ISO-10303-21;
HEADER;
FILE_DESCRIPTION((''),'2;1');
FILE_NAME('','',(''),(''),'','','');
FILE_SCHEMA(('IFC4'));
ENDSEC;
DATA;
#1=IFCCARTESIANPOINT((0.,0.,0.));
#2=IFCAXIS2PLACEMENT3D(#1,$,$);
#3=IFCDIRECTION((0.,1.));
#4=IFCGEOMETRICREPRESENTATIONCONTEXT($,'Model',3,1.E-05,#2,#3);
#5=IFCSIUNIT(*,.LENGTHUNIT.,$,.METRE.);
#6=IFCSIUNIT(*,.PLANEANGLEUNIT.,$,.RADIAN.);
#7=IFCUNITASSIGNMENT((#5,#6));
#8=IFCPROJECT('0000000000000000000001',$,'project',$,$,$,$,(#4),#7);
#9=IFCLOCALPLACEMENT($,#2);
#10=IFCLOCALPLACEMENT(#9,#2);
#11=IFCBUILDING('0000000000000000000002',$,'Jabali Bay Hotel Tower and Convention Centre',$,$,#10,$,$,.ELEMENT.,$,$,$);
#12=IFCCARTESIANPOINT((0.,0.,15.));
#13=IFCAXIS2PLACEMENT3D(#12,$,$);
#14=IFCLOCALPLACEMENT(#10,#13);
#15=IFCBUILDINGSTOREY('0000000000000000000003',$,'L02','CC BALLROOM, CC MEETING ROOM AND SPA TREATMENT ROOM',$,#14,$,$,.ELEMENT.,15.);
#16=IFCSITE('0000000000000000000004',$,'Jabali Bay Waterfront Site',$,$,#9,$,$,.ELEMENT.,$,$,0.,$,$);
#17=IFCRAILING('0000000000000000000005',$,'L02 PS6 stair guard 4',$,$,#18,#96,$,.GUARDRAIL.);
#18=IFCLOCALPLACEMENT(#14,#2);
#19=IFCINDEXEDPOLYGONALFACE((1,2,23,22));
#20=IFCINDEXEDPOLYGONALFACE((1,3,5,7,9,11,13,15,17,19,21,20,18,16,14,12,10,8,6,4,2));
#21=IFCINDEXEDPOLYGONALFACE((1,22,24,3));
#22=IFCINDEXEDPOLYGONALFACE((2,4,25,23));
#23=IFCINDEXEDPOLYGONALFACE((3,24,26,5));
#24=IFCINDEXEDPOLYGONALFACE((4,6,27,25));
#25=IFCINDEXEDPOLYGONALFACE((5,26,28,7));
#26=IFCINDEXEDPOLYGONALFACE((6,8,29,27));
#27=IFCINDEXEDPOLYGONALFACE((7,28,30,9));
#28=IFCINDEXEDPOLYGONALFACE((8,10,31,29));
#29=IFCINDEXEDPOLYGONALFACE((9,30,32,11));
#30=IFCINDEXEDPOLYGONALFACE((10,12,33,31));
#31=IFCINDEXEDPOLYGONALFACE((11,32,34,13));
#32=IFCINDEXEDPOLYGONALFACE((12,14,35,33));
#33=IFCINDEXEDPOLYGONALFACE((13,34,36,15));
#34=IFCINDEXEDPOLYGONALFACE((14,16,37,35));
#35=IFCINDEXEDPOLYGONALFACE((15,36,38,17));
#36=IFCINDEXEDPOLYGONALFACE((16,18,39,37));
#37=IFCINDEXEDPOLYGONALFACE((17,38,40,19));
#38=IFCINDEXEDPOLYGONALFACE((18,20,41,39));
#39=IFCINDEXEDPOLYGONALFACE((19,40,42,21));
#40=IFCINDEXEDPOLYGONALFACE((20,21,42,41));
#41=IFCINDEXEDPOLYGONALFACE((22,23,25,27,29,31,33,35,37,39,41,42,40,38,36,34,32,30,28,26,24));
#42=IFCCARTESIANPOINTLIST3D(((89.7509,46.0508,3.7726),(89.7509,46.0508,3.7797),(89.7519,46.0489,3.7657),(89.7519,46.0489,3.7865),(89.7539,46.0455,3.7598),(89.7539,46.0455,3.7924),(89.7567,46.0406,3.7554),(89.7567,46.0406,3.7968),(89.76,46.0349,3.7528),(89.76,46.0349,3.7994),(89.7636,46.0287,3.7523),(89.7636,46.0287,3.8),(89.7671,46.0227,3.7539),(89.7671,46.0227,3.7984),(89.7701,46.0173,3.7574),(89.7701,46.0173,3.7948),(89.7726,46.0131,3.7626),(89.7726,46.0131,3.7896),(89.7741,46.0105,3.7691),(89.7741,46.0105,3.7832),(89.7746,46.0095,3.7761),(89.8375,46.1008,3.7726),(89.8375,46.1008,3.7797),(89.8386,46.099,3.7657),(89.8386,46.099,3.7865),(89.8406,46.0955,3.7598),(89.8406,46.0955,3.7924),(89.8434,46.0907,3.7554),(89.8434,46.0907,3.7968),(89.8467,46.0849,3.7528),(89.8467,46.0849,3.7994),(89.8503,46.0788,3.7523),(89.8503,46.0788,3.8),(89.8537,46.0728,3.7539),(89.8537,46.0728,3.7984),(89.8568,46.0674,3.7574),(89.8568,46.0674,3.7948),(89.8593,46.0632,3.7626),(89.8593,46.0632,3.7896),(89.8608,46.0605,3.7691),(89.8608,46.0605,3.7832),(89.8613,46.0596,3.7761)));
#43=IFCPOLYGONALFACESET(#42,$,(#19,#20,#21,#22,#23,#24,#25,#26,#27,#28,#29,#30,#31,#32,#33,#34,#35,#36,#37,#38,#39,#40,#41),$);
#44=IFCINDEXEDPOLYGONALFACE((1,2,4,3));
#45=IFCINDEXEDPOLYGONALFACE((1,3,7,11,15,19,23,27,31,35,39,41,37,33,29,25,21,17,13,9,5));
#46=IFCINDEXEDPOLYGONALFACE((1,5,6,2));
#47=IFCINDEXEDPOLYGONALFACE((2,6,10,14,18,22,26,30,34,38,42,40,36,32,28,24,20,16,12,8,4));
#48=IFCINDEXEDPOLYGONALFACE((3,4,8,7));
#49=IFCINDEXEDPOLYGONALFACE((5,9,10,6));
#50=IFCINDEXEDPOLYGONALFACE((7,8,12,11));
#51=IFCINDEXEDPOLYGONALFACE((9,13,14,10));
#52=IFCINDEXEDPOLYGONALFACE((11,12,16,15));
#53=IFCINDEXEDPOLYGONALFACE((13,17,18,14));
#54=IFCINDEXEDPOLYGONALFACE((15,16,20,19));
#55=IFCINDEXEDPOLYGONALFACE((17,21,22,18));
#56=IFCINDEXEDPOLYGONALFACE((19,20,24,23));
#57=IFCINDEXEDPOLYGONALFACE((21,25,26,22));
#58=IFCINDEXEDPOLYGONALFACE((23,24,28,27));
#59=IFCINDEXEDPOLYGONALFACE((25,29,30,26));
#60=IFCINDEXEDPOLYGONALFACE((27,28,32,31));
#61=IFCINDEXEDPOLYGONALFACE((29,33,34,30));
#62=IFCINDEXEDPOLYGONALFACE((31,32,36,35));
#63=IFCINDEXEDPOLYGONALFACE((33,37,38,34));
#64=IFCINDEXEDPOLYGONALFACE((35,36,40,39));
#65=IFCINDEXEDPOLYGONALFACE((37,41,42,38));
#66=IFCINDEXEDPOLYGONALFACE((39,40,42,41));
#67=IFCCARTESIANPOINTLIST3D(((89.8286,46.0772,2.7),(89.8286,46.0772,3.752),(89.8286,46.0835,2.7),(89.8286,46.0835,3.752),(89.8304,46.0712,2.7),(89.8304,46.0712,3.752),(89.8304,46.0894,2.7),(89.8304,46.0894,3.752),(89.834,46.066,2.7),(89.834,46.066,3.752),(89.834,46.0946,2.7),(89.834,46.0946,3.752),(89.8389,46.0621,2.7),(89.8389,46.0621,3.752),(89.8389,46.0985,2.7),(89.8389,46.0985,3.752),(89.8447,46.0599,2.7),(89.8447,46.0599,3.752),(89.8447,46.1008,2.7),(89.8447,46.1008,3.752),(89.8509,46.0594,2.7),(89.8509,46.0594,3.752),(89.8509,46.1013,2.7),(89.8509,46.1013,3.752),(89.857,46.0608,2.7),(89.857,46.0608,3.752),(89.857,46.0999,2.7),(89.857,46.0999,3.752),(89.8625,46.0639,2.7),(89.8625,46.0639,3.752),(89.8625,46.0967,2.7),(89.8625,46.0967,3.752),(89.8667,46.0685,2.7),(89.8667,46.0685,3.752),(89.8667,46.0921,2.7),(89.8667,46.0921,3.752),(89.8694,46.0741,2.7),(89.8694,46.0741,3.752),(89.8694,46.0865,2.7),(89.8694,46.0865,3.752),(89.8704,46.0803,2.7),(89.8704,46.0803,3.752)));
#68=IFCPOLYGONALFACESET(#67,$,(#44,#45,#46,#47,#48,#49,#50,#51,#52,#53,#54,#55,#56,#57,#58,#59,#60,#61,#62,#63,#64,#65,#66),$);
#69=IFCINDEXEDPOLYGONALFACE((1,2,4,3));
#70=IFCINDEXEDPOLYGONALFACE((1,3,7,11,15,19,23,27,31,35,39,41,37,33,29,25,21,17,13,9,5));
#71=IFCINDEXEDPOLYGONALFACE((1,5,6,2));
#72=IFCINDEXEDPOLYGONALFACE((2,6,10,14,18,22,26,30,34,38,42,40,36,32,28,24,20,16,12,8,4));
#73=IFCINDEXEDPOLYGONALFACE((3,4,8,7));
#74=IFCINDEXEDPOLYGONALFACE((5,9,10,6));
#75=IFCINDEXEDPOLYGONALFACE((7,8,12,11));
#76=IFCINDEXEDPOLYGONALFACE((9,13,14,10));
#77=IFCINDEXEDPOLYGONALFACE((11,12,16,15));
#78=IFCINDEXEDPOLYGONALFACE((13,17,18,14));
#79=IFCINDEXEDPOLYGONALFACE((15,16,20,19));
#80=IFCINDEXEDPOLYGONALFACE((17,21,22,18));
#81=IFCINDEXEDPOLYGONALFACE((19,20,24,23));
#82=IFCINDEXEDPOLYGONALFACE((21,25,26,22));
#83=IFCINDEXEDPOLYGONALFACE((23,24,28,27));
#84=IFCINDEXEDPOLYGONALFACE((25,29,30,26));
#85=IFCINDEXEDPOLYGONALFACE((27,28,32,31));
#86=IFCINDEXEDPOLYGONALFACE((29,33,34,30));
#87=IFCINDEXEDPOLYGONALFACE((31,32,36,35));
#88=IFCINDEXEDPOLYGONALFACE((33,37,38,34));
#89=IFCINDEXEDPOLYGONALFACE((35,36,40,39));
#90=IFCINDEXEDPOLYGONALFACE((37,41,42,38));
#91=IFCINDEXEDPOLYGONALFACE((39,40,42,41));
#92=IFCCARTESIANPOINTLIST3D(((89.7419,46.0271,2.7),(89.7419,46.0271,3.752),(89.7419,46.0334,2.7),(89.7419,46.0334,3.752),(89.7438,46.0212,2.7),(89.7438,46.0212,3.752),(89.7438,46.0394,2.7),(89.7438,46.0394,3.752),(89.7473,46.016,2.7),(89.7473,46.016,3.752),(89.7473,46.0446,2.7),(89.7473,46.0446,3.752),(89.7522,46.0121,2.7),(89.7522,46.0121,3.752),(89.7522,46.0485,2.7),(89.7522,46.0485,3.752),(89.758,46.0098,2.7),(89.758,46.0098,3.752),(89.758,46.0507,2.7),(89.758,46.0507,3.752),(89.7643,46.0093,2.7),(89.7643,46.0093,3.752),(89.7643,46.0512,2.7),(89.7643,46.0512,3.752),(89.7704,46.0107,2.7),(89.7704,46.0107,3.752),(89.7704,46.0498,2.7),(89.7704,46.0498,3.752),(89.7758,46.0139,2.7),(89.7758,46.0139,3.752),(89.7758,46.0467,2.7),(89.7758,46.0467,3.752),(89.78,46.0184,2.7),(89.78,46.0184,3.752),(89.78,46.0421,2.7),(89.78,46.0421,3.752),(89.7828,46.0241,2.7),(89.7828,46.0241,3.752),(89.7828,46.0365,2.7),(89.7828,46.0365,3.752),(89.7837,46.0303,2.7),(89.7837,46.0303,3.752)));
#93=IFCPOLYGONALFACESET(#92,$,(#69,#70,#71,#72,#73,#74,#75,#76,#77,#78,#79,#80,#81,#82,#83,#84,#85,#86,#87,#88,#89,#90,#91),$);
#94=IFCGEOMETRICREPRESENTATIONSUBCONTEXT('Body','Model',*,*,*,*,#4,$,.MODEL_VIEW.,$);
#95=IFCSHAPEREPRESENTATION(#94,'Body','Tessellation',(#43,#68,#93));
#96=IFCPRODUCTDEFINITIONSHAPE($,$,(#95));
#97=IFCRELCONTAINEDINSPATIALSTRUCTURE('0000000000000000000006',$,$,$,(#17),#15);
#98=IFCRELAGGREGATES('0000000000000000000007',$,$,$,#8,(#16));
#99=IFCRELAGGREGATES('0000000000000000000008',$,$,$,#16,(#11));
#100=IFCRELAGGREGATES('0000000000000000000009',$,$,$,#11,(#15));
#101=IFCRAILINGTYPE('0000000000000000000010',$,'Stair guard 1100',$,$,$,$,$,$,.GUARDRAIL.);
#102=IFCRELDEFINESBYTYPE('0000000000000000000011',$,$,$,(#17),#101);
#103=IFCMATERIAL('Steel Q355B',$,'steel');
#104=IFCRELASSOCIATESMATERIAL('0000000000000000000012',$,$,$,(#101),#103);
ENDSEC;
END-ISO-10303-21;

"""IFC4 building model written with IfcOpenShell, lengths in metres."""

from ifc_helpers import new_model, si_unit, direction, frame, origin, origin_2d, place, context, subcontext, project, spatial, circle, extrude, material, type_object, element, save


model = new_model("IFC4")

# Units and contexts
model_context = context("Model", 3, precision=1e-05, world=origin(), true_north=direction((0.0, 1.0)))
body_context = subcontext(model_context, "Body", "Model", "MODEL_VIEW")
ifc_project = project(units=[si_unit("LENGTHUNIT", "METRE"), si_unit("PLANEANGLEUNIT", "RADIAN")], contexts=[model_context])

# Site, building, storey
site_placement = place(None, origin())
site = spatial("IfcSite", under=ifc_project, at=site_placement, Name="Jabali Bay Waterfront Site", CompositionType="ELEMENT", RefElevation=0.0)
building_placement = place(site_placement, origin())
building = spatial("IfcBuilding", under=site, at=building_placement, Name="Jabali Bay Hotel Tower and Convention Centre", CompositionType="ELEMENT")
storey_placement = place(building_placement, frame((0.0, 0.0, 15.0)))
storey = spatial("IfcBuildingStorey", under=building, at=storey_placement, Name="L02", Description="CC BALLROOM, CC MEETING ROOM AND SPA TREATMENT ROOM", CompositionType="ELEMENT", Elevation=15.0)

# Railing
ifc_material_1 = material(Name="Steel Q355B", Category="steel")
railing_type_1 = type_object("IfcRailingType", Name="Stair guard 1100", PredefinedType="GUARDRAIL", material=ifc_material_1)
railing_1_placement = place(storey_placement, frame((89.8494, 46.0803, 2.7)))
element("IfcRailing", 1, at=railing_1_placement, inside=storey, type_object=railing_type_1, Name="L02 PS6 stair guard 4", PredefinedType="GUARDRAIL", context=body_context, shape_type="SweptSolid", body=[
    extrude(circle(Radius=0.0239, at=origin_2d()), frame((0.0, 0.0, 1.0762), z_axis=(-0.865982, -0.500074, 0.0), x_axis=(0.500074, -0.865982, 0.0)), (0.0, 0.0, 1.0), 0.1001),
    extrude(circle(Radius=0.021, at=origin_2d()), origin(), (0.0, 0.0, 1.0), 1.052),
    extrude(circle(Radius=0.021, at=origin_2d()), frame((-0.0867, -0.05, 0.0)), (0.0, 0.0, 1.0), 1.052),
])

save(model, "model.ifc")
